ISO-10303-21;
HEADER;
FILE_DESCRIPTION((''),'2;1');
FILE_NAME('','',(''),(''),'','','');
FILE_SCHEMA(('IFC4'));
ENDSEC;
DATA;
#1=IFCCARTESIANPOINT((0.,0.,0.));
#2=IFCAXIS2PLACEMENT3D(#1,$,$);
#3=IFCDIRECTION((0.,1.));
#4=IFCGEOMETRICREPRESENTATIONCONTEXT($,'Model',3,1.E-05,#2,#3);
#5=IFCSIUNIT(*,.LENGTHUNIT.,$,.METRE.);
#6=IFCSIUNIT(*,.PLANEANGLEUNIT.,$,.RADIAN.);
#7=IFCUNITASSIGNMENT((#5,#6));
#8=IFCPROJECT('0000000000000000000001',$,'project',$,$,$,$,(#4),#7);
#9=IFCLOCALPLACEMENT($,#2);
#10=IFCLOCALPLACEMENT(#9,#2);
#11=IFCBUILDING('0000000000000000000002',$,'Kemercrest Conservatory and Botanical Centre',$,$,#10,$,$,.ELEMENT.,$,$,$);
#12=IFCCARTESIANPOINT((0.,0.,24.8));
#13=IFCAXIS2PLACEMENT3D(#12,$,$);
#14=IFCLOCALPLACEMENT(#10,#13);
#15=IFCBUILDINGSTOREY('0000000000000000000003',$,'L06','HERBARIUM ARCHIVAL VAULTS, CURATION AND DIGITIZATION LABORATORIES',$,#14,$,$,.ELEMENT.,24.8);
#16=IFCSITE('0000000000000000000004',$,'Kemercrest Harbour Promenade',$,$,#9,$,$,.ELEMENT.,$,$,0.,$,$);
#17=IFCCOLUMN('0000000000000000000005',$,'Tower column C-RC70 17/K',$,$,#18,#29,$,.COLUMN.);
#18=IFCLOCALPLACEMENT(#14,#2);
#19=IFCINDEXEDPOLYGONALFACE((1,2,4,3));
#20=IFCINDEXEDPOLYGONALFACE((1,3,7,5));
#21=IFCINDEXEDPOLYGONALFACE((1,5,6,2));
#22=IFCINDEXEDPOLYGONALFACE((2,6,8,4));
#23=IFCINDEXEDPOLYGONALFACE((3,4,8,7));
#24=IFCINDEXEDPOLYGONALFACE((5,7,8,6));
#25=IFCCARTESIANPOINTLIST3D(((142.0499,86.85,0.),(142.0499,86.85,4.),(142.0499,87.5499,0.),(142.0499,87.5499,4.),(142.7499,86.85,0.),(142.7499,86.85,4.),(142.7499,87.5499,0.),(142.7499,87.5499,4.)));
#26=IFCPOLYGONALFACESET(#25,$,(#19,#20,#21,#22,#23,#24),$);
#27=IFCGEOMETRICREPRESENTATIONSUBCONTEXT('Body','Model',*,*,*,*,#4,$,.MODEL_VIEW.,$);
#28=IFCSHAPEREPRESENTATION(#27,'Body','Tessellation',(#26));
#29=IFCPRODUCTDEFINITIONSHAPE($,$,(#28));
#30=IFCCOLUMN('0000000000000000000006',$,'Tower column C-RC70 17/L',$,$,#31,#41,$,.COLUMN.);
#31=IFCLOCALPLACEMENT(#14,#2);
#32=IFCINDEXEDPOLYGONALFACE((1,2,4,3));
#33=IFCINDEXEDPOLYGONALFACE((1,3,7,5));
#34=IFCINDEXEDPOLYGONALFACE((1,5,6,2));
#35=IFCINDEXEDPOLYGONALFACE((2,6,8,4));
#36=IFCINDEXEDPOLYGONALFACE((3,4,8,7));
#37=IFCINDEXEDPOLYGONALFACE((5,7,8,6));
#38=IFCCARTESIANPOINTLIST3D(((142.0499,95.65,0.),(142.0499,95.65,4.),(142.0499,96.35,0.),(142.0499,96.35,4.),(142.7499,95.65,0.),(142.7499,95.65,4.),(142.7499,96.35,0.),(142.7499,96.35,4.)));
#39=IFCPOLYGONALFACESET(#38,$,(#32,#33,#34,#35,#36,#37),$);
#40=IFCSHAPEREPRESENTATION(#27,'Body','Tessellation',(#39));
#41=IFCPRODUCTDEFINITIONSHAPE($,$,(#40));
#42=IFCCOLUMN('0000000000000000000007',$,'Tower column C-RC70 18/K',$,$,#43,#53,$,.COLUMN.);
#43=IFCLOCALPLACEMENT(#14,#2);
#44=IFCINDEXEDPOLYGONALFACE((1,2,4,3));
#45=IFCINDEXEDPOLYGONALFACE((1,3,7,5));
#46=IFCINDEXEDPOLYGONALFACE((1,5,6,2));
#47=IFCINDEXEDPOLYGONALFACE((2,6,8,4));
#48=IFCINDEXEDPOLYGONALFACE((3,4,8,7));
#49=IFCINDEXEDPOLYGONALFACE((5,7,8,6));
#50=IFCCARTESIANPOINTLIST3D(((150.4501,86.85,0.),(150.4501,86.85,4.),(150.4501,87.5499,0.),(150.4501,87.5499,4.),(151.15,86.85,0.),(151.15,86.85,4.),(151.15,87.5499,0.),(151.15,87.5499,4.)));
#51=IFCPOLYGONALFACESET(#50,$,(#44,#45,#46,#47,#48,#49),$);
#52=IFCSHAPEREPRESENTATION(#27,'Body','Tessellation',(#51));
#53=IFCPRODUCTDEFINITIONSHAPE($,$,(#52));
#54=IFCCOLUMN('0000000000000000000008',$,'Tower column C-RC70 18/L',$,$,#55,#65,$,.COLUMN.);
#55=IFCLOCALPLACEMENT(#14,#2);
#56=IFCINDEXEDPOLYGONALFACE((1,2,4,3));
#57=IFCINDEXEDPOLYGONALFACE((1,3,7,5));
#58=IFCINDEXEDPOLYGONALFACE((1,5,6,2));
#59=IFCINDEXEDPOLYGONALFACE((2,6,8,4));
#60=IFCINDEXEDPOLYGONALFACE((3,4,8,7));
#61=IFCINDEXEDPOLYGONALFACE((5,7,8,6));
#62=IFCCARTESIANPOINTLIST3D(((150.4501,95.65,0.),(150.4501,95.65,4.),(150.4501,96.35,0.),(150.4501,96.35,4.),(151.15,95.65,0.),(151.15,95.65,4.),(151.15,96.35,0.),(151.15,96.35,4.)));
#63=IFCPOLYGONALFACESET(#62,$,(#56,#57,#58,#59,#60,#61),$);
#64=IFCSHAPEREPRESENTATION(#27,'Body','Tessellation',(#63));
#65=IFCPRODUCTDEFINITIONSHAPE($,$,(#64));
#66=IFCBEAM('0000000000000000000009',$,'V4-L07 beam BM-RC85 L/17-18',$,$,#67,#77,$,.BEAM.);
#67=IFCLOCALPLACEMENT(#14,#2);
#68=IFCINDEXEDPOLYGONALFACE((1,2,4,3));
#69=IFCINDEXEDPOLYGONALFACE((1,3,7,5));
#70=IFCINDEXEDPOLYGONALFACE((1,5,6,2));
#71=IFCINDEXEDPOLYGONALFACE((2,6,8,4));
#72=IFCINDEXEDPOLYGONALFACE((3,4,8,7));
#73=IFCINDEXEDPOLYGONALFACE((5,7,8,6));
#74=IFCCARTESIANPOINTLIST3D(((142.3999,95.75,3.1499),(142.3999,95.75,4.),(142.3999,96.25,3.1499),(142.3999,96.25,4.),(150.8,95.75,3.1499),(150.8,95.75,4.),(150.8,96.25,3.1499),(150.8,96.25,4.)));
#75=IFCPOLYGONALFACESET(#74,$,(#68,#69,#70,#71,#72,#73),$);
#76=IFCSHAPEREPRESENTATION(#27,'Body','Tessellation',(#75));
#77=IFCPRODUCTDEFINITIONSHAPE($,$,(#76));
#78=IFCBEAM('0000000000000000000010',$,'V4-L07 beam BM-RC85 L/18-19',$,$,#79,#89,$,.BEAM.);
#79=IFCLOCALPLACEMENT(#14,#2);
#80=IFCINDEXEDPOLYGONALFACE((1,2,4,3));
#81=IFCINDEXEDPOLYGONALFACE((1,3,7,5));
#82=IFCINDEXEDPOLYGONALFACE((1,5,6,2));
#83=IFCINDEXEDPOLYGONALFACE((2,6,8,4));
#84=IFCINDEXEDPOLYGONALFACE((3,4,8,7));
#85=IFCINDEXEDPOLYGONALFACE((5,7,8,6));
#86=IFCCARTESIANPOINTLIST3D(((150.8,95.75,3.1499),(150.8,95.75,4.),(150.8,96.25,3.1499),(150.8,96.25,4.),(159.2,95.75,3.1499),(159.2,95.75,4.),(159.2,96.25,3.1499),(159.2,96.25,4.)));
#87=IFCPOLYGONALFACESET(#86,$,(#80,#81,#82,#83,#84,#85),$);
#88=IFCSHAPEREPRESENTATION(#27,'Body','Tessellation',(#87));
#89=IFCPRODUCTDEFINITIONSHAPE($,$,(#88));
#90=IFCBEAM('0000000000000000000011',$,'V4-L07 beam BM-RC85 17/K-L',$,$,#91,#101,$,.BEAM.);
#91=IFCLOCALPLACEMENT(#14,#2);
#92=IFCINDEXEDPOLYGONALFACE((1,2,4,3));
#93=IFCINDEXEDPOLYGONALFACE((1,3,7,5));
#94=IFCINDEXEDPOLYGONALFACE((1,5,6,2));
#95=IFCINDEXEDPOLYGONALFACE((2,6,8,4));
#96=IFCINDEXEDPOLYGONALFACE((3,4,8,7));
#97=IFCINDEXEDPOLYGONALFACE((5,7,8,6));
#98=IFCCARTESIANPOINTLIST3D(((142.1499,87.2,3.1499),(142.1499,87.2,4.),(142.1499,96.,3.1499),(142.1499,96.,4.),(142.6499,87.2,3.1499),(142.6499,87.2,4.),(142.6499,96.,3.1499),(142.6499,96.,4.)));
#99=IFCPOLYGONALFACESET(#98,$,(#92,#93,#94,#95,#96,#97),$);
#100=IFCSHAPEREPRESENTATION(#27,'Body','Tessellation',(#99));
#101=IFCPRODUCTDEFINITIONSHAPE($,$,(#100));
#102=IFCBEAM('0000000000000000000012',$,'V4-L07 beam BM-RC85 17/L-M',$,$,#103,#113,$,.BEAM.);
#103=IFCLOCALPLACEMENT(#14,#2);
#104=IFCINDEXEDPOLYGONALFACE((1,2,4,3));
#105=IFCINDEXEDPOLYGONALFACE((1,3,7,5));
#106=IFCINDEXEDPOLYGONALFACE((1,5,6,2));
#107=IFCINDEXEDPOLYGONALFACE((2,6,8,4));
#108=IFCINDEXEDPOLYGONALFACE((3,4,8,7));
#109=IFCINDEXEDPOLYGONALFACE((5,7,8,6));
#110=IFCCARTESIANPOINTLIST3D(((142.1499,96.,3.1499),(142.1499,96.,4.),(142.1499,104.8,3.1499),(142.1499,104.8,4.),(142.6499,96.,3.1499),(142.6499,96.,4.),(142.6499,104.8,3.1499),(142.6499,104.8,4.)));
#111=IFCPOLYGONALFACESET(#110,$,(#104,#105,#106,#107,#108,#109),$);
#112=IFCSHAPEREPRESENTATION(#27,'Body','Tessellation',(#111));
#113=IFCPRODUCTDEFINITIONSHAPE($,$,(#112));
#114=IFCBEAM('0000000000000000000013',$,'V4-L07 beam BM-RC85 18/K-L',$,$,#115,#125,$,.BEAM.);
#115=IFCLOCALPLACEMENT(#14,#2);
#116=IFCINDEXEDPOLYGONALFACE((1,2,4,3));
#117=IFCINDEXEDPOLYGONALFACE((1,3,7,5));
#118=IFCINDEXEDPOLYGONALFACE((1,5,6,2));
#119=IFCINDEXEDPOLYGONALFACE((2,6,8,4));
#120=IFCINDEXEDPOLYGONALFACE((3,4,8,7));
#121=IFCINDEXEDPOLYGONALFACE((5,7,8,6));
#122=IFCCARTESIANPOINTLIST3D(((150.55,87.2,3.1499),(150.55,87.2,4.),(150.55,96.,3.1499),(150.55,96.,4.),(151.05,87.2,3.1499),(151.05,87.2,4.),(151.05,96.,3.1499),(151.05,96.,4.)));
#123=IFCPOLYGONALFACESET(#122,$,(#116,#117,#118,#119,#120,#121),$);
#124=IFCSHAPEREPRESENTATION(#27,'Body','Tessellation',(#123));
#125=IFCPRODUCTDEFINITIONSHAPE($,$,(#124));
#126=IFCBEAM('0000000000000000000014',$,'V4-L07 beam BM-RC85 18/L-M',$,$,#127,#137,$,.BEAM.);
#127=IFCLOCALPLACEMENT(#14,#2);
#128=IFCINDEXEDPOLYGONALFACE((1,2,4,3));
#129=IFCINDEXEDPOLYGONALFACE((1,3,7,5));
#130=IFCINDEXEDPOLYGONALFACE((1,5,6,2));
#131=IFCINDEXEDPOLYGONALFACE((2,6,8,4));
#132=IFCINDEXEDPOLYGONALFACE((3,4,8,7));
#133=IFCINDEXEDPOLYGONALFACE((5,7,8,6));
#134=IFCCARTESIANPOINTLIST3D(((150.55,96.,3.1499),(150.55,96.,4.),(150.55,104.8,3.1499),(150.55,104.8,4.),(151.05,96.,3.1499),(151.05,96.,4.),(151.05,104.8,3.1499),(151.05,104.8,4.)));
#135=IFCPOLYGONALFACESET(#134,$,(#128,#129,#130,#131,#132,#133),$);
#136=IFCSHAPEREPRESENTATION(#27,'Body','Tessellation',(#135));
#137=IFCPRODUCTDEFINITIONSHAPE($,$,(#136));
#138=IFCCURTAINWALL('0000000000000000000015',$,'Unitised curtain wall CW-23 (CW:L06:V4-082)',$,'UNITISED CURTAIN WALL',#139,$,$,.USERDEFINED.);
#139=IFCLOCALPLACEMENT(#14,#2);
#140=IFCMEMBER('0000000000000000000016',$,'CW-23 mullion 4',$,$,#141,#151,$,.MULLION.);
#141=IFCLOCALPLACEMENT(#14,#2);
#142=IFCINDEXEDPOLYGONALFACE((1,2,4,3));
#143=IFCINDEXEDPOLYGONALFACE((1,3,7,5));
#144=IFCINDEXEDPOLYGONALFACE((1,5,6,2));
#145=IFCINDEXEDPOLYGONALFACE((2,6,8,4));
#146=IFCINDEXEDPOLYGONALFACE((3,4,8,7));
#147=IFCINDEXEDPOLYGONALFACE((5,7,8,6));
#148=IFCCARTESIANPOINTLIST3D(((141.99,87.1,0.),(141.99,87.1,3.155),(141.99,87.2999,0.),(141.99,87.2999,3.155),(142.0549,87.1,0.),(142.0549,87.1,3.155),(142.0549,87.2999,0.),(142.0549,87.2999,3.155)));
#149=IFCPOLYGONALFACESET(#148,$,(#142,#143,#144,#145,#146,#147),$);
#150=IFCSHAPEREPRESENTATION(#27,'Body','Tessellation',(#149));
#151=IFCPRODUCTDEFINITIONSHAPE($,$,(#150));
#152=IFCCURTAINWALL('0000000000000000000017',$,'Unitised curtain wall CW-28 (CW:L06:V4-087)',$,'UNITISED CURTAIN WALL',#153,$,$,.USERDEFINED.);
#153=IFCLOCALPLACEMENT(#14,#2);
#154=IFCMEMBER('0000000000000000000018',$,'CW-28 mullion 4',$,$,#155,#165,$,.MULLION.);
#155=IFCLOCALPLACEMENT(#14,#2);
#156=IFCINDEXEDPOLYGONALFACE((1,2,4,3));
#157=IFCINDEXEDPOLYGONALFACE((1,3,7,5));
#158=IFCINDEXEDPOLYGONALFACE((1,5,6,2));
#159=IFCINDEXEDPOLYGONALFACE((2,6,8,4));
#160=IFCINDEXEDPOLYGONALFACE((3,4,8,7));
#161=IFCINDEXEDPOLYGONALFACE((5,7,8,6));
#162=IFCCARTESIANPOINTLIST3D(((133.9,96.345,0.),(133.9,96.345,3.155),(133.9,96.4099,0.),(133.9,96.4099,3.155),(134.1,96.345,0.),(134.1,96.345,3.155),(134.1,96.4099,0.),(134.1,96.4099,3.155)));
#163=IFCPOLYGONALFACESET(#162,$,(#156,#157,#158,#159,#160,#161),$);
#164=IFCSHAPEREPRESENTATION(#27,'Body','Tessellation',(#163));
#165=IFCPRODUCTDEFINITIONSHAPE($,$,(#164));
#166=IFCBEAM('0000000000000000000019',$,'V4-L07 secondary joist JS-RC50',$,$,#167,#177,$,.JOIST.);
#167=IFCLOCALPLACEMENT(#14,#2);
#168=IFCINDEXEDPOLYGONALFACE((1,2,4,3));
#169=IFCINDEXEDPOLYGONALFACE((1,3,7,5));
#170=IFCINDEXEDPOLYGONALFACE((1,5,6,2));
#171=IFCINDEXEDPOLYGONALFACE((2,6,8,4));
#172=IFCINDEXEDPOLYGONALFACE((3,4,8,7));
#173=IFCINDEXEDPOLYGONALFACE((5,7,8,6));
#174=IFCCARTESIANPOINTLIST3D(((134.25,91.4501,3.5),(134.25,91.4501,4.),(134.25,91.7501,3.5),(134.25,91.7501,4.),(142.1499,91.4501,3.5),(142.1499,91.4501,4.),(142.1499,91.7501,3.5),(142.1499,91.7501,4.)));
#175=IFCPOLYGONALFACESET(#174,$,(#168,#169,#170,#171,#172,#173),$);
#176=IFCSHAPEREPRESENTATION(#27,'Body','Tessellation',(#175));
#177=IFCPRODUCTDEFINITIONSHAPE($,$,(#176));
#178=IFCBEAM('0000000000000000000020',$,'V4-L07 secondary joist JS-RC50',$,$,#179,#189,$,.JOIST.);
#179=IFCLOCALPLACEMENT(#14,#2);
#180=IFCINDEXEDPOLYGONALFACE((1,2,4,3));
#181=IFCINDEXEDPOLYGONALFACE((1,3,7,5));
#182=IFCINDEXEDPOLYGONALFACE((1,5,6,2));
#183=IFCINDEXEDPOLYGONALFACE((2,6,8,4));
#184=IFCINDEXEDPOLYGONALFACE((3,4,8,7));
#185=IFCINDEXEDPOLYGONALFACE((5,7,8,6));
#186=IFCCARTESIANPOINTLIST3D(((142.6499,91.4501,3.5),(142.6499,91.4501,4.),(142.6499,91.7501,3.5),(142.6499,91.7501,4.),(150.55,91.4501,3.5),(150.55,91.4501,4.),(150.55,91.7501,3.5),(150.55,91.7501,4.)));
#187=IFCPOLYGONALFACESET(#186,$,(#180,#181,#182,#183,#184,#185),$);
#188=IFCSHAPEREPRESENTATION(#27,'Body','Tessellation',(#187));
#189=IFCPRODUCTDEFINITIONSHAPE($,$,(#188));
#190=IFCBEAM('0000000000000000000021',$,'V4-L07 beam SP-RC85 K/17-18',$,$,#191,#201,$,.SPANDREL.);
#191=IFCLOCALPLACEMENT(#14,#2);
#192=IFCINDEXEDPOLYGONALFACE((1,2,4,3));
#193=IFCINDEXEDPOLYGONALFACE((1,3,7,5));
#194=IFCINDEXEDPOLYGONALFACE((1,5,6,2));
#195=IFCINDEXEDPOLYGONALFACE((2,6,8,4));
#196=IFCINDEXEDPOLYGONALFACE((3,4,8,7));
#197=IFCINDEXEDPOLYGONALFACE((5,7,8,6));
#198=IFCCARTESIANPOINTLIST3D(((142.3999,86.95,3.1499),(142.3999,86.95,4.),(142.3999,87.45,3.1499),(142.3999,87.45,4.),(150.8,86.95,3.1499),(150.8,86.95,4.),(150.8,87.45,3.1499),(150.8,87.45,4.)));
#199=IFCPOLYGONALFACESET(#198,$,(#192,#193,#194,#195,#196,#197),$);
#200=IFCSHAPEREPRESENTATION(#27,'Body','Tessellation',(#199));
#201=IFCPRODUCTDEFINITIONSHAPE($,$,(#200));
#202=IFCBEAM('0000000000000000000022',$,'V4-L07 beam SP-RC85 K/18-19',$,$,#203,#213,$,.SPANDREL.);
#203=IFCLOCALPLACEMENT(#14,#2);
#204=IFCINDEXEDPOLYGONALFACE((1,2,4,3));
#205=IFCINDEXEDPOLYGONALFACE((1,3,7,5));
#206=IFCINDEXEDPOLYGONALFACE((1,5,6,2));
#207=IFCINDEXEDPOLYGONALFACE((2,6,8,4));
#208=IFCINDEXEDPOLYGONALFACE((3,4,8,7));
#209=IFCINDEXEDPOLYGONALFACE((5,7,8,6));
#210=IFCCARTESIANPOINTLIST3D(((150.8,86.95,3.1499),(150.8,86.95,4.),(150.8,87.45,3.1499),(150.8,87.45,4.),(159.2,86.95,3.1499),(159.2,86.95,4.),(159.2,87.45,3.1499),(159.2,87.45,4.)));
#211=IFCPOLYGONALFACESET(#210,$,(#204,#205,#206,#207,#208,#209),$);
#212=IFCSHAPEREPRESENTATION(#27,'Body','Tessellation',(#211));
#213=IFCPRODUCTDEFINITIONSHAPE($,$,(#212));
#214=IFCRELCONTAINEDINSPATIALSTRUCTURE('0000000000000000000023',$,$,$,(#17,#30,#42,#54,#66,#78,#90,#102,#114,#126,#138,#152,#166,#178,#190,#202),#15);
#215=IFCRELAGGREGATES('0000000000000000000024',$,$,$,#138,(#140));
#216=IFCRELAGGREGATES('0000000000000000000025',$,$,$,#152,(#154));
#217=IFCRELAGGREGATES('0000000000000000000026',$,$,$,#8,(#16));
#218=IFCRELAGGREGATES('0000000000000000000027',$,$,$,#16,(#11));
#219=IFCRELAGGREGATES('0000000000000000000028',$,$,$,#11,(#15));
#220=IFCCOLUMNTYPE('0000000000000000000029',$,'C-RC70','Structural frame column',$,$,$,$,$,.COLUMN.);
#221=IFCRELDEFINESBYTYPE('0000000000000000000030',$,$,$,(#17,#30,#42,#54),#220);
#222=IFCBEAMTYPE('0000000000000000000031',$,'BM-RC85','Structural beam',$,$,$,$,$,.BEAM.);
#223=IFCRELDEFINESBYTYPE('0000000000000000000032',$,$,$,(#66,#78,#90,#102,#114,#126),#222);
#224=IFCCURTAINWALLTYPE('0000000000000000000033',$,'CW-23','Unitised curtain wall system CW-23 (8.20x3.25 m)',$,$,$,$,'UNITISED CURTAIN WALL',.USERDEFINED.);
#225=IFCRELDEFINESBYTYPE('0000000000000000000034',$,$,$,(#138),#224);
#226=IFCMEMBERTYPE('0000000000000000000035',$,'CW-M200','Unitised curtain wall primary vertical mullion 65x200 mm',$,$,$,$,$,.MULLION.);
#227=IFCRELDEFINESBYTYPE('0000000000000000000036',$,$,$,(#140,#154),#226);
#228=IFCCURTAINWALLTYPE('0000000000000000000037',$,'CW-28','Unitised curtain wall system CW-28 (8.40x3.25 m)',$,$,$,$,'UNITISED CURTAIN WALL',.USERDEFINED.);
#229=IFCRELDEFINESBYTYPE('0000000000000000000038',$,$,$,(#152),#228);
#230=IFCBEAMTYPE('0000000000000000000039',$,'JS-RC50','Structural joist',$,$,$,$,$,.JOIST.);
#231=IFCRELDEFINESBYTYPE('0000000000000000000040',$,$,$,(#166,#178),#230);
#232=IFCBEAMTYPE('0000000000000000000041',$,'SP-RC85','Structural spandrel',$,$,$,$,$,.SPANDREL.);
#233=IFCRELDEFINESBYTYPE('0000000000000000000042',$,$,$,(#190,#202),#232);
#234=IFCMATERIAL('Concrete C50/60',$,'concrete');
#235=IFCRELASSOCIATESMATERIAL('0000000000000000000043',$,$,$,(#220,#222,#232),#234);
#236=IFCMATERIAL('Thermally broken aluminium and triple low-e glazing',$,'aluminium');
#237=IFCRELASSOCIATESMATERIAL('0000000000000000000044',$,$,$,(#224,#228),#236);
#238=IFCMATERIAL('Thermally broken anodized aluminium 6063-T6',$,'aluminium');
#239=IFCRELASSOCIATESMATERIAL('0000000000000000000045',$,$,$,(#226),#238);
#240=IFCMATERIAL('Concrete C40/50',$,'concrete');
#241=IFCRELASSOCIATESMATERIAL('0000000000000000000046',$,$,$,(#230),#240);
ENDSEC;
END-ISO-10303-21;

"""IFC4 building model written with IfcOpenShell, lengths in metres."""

from ifc_helpers import new_model, si_unit, direction, frame, origin, origin_2d, place, context, subcontext, project, spatial, rectangle, extrude, material, material_profile, profile_set, type_object, element, aggregate, save


model = new_model("IFC4")

# Units and contexts
model_context = context("Model", 3, precision=1e-05, world=origin(), true_north=direction((0.0, 1.0)))
body_context = subcontext(model_context, "Body", "Model", "MODEL_VIEW")
ifc_project = project(units=[si_unit("LENGTHUNIT", "METRE"), si_unit("PLANEANGLEUNIT", "RADIAN")], contexts=[model_context])

# Site, building, storey
site_placement = place(None, origin())
site = spatial("IfcSite", under=ifc_project, at=site_placement, Name="Kemercrest Harbour Promenade", CompositionType="ELEMENT", RefElevation=0.0)
building_placement = place(site_placement, origin())
building = spatial("IfcBuilding", under=site, at=building_placement, Name="Kemercrest Conservatory and Botanical Centre", CompositionType="ELEMENT")
storey_placement = place(building_placement, frame((0.0, 0.0, 24.8)))
storey = spatial("IfcBuildingStorey", under=building, at=storey_placement, Name="L06", Description="HERBARIUM ARCHIVAL VAULTS, CURATION AND DIGITIZATION LABORATORIES", CompositionType="ELEMENT", Elevation=24.8)

# Columns
ifc_material_1 = material(Name="Concrete C50/60", Category="concrete")
ifc_material_profile_1 = material_profile(ifc_material_1, rectangle(XDim=0.7, YDim=0.7, at=origin_2d()), Name="RC 700x700")
ifc_profile_set_1 = profile_set([ifc_material_profile_1], Name="Concrete C50/60")
column_type = type_object("IfcColumnType", Name="C-RC70", Description="Structural frame column", PredefinedType="COLUMN", material=ifc_profile_set_1)
for number, where, z_axis, x_axis, name in (
    (1, (142.3999, 87.2, 0.0), (0.0, 0.0, 1.0), (1.0, 0.0, 0.0), "Tower column C-RC70 17/K"),
    (2, (142.3999, 96.0, 0.0), (0.0, 0.0, 1.0), (1.0, 0.0, 0.0), "Tower column C-RC70 17/L"),
    (3, (150.8, 87.2, 0.0), (0.0, 0.0, 1.0), (1.0, 0.0, 0.0), "Tower column C-RC70 18/K"),
    (4, (150.8, 96.0, 0.0), (0.0, 0.0, 1.0), (1.0, 0.0, 0.0), "Tower column C-RC70 18/L"),
):
    element("IfcColumn", number, at=place(storey_placement, frame(where, z_axis=z_axis, x_axis=x_axis)), inside=storey, type_object=column_type, Name=name, PredefinedType="COLUMN", context=body_context, shape_type="SweptSolid", body=[
        extrude(rectangle(XDim=0.7, YDim=0.7, at=origin_2d()), origin(), (0.0, 0.0, 1.0), 4.0),
    ])

# Beams
ifc_material_profile_2 = material_profile(ifc_material_1, rectangle(XDim=0.5, YDim=0.8501, at=origin_2d()), Name="RC 500x850")
ifc_profile_set_2 = profile_set([ifc_material_profile_2], Name="Concrete C50/60")
beam_type_1 = type_object("IfcBeamType", Name="BM-RC85", Description="Structural beam", PredefinedType="BEAM", material=ifc_profile_set_2)
beam_1_placement = place(storey_placement, frame((142.3999, 96.0, 3.575), z_axis=(1.0, 0.0, 0.0), x_axis=(0.0, 1.0, 0.0)))
element("IfcBeam", 5, at=beam_1_placement, inside=storey, type_object=beam_type_1, Name="V4-L07 beam BM-RC85 L/17-18", PredefinedType="BEAM", context=body_context, shape_type="SweptSolid", body=[
    extrude(rectangle(XDim=0.5, YDim=0.8501, at=origin_2d()), origin(), (0.0, 0.0, 1.0), 8.4001),
])
beam_2_placement = place(storey_placement, frame((150.8, 96.0, 3.575), z_axis=(1.0, 0.0, 0.0), x_axis=(0.0, 1.0, 0.0)))
element("IfcBeam", 6, at=beam_2_placement, inside=storey, type_object=beam_type_1, Name="V4-L07 beam BM-RC85 L/18-19", PredefinedType="BEAM", context=body_context, shape_type="SweptSolid", body=[
    extrude(rectangle(XDim=0.5, YDim=0.8501, at=origin_2d()), origin(), (0.0, 0.0, 1.0), 8.3999),
])
for number, where, z_axis, x_axis, name in (
    (7, (142.3999, 87.2, 3.575), (0.0, 1.0, 0.0), (-1.0, 0.0, 0.0), "V4-L07 beam BM-RC85 17/K-L"),
    (8, (142.3999, 96.0, 3.575), (0.0, 1.0, 0.0), (-1.0, 0.0, 0.0), "V4-L07 beam BM-RC85 17/L-M"),
    (9, (150.8, 87.2, 3.575), (0.0, 1.0, 0.0), (-1.0, 0.0, 0.0), "V4-L07 beam BM-RC85 18/K-L"),
    (10, (150.8, 96.0, 3.575), (0.0, 1.0, 0.0), (-1.0, 0.0, 0.0), "V4-L07 beam BM-RC85 18/L-M"),
):
    element("IfcBeam", number, at=place(storey_placement, frame(where, z_axis=z_axis, x_axis=x_axis)), inside=storey, type_object=beam_type_1, Name=name, PredefinedType="BEAM", context=body_context, shape_type="SweptSolid", body=[
        extrude(rectangle(XDim=0.5, YDim=0.8501, at=origin_2d()), origin(), (0.0, 0.0, 1.0), 8.8),
    ])

# Curtain walls, members
ifc_material_2 = material(Name="Thermally broken aluminium and triple low-e glazing", Category="aluminium")
curtain_wall_type_1 = type_object("IfcCurtainWallType", Name="CW-23", Description="Unitised curtain wall system CW-23 (8.20x3.25 m)", ElementType="UNITISED CURTAIN WALL", PredefinedType="USERDEFINED", material=ifc_material_2)
curtain_wall_1_placement = place(storey_placement, origin())
curtain_wall_1 = element("IfcCurtainWall", 11, at=curtain_wall_1_placement, inside=storey, type_object=curtain_wall_type_1, Name="Unitised curtain wall CW-23 (CW:L06:V4-082)", ObjectType="UNITISED CURTAIN WALL", PredefinedType="USERDEFINED")
ifc_material_3 = material(Name="Thermally broken anodized aluminium 6063-T6", Category="aluminium")
ifc_material_profile_3 = material_profile(ifc_material_3, rectangle(XDim=0.2, YDim=0.0649, at=origin_2d()), Name="AL MULLION 65x200")
ifc_profile_set_3 = profile_set([ifc_material_profile_3], Name="Thermally broken anodized aluminium 6063-T6")
member_type = type_object("IfcMemberType", Name="CW-M200", Description="Unitised curtain wall primary vertical mullion 65x200 mm", PredefinedType="MULLION", material=ifc_profile_set_3)
member_1_placement = place(storey_placement, frame((142.0225, 87.2, 0.0), z_axis=(0.0, 0.0, 1.0), x_axis=(0.0, 1.0, 0.0)))
member_1 = element("IfcMember", 12, at=member_1_placement, type_object=member_type, Name="CW-23 mullion 4", PredefinedType="MULLION", context=body_context, shape_type="SweptSolid", body=[
    extrude(rectangle(XDim=0.2, YDim=0.0649, at=origin_2d()), origin(), (0.0, 0.0, 1.0), 3.155),
])
aggregate(curtain_wall_1, [member_1])
curtain_wall_type_2 = type_object("IfcCurtainWallType", Name="CW-28", Description="Unitised curtain wall system CW-28 (8.40x3.25 m)", ElementType="UNITISED CURTAIN WALL", PredefinedType="USERDEFINED", material=ifc_material_2)
curtain_wall_2_placement = place(storey_placement, origin())
curtain_wall_2 = element("IfcCurtainWall", 13, at=curtain_wall_2_placement, inside=storey, type_object=curtain_wall_type_2, Name="Unitised curtain wall CW-28 (CW:L06:V4-087)", ObjectType="UNITISED CURTAIN WALL", PredefinedType="USERDEFINED")
member_2_placement = place(storey_placement, frame((134.0, 96.3774, 0.0), z_axis=(0.0, 0.0, 1.0), x_axis=(1.0, 0.0, 0.0)))
member_2 = element("IfcMember", 14, at=member_2_placement, type_object=member_type, Name="CW-28 mullion 4", PredefinedType="MULLION", context=body_context, shape_type="SweptSolid", body=[
    extrude(rectangle(XDim=0.2, YDim=0.0649, at=origin_2d()), origin(), (0.0, 0.0, 1.0), 3.155),
])

# Beams
ifc_material_4 = material(Name="Concrete C40/50", Category="concrete")
ifc_material_profile_4 = material_profile(ifc_material_4, rectangle(XDim=0.3, YDim=0.5, at=origin_2d()), Name="RC 300x500")
ifc_profile_set_4 = profile_set([ifc_material_profile_4], Name="Concrete C40/50")
beam_type_2 = type_object("IfcBeamType", Name="JS-RC50", Description="Structural joist", PredefinedType="JOIST", material=ifc_profile_set_4)
beam_3_placement = place(storey_placement, frame((134.25, 91.6001, 3.75), z_axis=(1.0, 0.0, 0.0), x_axis=(0.0, 1.0, 0.0)))
element("IfcBeam", 15, at=beam_3_placement, inside=storey, type_object=beam_type_2, Name="V4-L07 secondary joist JS-RC50", PredefinedType="JOIST", context=body_context, shape_type="SweptSolid", body=[
    extrude(rectangle(XDim=0.3, YDim=0.5, at=origin_2d()), origin(), (0.0, 0.0, 1.0), 7.8999),
])
beam_4_placement = place(storey_placement, frame((142.6499, 91.6001, 3.75), z_axis=(1.0, 0.0, 0.0), x_axis=(0.0, 1.0, 0.0)))
element("IfcBeam", 16, at=beam_4_placement, inside=storey, type_object=beam_type_2, Name="V4-L07 secondary joist JS-RC50", PredefinedType="JOIST", context=body_context, shape_type="SweptSolid", body=[
    extrude(rectangle(XDim=0.3, YDim=0.5, at=origin_2d()), origin(), (0.0, 0.0, 1.0), 7.9001),
])
ifc_material_profile_5 = material_profile(ifc_material_1, rectangle(XDim=0.5, YDim=0.8501, at=origin_2d()), Name="RC 500x850")
ifc_profile_set_5 = profile_set([ifc_material_profile_5], Name="Concrete C50/60")
beam_type_3 = type_object("IfcBeamType", Name="SP-RC85", Description="Structural spandrel", PredefinedType="SPANDREL", material=ifc_profile_set_5)
beam_5_placement = place(storey_placement, frame((142.3999, 87.2, 3.575), z_axis=(1.0, 0.0, 0.0), x_axis=(0.0, 1.0, 0.0)))
element("IfcBeam", 17, at=beam_5_placement, inside=storey, type_object=beam_type_3, Name="V4-L07 beam SP-RC85 K/17-18", PredefinedType="SPANDREL", context=body_context, shape_type="SweptSolid", body=[
    extrude(rectangle(XDim=0.5, YDim=0.8501, at=origin_2d()), origin(), (0.0, 0.0, 1.0), 8.4001),
])
beam_6_placement = place(storey_placement, frame((150.8, 87.2, 3.575), z_axis=(1.0, 0.0, 0.0), x_axis=(0.0, 1.0, 0.0)))
element("IfcBeam", 18, at=beam_6_placement, inside=storey, type_object=beam_type_3, Name="V4-L07 beam SP-RC85 K/18-19", PredefinedType="SPANDREL", context=body_context, shape_type="SweptSolid", body=[
    extrude(rectangle(XDim=0.5, YDim=0.8501, at=origin_2d()), origin(), (0.0, 0.0, 1.0), 8.3999),
])

aggregate(curtain_wall_2, [member_2])

save(model, "model.ifc")
